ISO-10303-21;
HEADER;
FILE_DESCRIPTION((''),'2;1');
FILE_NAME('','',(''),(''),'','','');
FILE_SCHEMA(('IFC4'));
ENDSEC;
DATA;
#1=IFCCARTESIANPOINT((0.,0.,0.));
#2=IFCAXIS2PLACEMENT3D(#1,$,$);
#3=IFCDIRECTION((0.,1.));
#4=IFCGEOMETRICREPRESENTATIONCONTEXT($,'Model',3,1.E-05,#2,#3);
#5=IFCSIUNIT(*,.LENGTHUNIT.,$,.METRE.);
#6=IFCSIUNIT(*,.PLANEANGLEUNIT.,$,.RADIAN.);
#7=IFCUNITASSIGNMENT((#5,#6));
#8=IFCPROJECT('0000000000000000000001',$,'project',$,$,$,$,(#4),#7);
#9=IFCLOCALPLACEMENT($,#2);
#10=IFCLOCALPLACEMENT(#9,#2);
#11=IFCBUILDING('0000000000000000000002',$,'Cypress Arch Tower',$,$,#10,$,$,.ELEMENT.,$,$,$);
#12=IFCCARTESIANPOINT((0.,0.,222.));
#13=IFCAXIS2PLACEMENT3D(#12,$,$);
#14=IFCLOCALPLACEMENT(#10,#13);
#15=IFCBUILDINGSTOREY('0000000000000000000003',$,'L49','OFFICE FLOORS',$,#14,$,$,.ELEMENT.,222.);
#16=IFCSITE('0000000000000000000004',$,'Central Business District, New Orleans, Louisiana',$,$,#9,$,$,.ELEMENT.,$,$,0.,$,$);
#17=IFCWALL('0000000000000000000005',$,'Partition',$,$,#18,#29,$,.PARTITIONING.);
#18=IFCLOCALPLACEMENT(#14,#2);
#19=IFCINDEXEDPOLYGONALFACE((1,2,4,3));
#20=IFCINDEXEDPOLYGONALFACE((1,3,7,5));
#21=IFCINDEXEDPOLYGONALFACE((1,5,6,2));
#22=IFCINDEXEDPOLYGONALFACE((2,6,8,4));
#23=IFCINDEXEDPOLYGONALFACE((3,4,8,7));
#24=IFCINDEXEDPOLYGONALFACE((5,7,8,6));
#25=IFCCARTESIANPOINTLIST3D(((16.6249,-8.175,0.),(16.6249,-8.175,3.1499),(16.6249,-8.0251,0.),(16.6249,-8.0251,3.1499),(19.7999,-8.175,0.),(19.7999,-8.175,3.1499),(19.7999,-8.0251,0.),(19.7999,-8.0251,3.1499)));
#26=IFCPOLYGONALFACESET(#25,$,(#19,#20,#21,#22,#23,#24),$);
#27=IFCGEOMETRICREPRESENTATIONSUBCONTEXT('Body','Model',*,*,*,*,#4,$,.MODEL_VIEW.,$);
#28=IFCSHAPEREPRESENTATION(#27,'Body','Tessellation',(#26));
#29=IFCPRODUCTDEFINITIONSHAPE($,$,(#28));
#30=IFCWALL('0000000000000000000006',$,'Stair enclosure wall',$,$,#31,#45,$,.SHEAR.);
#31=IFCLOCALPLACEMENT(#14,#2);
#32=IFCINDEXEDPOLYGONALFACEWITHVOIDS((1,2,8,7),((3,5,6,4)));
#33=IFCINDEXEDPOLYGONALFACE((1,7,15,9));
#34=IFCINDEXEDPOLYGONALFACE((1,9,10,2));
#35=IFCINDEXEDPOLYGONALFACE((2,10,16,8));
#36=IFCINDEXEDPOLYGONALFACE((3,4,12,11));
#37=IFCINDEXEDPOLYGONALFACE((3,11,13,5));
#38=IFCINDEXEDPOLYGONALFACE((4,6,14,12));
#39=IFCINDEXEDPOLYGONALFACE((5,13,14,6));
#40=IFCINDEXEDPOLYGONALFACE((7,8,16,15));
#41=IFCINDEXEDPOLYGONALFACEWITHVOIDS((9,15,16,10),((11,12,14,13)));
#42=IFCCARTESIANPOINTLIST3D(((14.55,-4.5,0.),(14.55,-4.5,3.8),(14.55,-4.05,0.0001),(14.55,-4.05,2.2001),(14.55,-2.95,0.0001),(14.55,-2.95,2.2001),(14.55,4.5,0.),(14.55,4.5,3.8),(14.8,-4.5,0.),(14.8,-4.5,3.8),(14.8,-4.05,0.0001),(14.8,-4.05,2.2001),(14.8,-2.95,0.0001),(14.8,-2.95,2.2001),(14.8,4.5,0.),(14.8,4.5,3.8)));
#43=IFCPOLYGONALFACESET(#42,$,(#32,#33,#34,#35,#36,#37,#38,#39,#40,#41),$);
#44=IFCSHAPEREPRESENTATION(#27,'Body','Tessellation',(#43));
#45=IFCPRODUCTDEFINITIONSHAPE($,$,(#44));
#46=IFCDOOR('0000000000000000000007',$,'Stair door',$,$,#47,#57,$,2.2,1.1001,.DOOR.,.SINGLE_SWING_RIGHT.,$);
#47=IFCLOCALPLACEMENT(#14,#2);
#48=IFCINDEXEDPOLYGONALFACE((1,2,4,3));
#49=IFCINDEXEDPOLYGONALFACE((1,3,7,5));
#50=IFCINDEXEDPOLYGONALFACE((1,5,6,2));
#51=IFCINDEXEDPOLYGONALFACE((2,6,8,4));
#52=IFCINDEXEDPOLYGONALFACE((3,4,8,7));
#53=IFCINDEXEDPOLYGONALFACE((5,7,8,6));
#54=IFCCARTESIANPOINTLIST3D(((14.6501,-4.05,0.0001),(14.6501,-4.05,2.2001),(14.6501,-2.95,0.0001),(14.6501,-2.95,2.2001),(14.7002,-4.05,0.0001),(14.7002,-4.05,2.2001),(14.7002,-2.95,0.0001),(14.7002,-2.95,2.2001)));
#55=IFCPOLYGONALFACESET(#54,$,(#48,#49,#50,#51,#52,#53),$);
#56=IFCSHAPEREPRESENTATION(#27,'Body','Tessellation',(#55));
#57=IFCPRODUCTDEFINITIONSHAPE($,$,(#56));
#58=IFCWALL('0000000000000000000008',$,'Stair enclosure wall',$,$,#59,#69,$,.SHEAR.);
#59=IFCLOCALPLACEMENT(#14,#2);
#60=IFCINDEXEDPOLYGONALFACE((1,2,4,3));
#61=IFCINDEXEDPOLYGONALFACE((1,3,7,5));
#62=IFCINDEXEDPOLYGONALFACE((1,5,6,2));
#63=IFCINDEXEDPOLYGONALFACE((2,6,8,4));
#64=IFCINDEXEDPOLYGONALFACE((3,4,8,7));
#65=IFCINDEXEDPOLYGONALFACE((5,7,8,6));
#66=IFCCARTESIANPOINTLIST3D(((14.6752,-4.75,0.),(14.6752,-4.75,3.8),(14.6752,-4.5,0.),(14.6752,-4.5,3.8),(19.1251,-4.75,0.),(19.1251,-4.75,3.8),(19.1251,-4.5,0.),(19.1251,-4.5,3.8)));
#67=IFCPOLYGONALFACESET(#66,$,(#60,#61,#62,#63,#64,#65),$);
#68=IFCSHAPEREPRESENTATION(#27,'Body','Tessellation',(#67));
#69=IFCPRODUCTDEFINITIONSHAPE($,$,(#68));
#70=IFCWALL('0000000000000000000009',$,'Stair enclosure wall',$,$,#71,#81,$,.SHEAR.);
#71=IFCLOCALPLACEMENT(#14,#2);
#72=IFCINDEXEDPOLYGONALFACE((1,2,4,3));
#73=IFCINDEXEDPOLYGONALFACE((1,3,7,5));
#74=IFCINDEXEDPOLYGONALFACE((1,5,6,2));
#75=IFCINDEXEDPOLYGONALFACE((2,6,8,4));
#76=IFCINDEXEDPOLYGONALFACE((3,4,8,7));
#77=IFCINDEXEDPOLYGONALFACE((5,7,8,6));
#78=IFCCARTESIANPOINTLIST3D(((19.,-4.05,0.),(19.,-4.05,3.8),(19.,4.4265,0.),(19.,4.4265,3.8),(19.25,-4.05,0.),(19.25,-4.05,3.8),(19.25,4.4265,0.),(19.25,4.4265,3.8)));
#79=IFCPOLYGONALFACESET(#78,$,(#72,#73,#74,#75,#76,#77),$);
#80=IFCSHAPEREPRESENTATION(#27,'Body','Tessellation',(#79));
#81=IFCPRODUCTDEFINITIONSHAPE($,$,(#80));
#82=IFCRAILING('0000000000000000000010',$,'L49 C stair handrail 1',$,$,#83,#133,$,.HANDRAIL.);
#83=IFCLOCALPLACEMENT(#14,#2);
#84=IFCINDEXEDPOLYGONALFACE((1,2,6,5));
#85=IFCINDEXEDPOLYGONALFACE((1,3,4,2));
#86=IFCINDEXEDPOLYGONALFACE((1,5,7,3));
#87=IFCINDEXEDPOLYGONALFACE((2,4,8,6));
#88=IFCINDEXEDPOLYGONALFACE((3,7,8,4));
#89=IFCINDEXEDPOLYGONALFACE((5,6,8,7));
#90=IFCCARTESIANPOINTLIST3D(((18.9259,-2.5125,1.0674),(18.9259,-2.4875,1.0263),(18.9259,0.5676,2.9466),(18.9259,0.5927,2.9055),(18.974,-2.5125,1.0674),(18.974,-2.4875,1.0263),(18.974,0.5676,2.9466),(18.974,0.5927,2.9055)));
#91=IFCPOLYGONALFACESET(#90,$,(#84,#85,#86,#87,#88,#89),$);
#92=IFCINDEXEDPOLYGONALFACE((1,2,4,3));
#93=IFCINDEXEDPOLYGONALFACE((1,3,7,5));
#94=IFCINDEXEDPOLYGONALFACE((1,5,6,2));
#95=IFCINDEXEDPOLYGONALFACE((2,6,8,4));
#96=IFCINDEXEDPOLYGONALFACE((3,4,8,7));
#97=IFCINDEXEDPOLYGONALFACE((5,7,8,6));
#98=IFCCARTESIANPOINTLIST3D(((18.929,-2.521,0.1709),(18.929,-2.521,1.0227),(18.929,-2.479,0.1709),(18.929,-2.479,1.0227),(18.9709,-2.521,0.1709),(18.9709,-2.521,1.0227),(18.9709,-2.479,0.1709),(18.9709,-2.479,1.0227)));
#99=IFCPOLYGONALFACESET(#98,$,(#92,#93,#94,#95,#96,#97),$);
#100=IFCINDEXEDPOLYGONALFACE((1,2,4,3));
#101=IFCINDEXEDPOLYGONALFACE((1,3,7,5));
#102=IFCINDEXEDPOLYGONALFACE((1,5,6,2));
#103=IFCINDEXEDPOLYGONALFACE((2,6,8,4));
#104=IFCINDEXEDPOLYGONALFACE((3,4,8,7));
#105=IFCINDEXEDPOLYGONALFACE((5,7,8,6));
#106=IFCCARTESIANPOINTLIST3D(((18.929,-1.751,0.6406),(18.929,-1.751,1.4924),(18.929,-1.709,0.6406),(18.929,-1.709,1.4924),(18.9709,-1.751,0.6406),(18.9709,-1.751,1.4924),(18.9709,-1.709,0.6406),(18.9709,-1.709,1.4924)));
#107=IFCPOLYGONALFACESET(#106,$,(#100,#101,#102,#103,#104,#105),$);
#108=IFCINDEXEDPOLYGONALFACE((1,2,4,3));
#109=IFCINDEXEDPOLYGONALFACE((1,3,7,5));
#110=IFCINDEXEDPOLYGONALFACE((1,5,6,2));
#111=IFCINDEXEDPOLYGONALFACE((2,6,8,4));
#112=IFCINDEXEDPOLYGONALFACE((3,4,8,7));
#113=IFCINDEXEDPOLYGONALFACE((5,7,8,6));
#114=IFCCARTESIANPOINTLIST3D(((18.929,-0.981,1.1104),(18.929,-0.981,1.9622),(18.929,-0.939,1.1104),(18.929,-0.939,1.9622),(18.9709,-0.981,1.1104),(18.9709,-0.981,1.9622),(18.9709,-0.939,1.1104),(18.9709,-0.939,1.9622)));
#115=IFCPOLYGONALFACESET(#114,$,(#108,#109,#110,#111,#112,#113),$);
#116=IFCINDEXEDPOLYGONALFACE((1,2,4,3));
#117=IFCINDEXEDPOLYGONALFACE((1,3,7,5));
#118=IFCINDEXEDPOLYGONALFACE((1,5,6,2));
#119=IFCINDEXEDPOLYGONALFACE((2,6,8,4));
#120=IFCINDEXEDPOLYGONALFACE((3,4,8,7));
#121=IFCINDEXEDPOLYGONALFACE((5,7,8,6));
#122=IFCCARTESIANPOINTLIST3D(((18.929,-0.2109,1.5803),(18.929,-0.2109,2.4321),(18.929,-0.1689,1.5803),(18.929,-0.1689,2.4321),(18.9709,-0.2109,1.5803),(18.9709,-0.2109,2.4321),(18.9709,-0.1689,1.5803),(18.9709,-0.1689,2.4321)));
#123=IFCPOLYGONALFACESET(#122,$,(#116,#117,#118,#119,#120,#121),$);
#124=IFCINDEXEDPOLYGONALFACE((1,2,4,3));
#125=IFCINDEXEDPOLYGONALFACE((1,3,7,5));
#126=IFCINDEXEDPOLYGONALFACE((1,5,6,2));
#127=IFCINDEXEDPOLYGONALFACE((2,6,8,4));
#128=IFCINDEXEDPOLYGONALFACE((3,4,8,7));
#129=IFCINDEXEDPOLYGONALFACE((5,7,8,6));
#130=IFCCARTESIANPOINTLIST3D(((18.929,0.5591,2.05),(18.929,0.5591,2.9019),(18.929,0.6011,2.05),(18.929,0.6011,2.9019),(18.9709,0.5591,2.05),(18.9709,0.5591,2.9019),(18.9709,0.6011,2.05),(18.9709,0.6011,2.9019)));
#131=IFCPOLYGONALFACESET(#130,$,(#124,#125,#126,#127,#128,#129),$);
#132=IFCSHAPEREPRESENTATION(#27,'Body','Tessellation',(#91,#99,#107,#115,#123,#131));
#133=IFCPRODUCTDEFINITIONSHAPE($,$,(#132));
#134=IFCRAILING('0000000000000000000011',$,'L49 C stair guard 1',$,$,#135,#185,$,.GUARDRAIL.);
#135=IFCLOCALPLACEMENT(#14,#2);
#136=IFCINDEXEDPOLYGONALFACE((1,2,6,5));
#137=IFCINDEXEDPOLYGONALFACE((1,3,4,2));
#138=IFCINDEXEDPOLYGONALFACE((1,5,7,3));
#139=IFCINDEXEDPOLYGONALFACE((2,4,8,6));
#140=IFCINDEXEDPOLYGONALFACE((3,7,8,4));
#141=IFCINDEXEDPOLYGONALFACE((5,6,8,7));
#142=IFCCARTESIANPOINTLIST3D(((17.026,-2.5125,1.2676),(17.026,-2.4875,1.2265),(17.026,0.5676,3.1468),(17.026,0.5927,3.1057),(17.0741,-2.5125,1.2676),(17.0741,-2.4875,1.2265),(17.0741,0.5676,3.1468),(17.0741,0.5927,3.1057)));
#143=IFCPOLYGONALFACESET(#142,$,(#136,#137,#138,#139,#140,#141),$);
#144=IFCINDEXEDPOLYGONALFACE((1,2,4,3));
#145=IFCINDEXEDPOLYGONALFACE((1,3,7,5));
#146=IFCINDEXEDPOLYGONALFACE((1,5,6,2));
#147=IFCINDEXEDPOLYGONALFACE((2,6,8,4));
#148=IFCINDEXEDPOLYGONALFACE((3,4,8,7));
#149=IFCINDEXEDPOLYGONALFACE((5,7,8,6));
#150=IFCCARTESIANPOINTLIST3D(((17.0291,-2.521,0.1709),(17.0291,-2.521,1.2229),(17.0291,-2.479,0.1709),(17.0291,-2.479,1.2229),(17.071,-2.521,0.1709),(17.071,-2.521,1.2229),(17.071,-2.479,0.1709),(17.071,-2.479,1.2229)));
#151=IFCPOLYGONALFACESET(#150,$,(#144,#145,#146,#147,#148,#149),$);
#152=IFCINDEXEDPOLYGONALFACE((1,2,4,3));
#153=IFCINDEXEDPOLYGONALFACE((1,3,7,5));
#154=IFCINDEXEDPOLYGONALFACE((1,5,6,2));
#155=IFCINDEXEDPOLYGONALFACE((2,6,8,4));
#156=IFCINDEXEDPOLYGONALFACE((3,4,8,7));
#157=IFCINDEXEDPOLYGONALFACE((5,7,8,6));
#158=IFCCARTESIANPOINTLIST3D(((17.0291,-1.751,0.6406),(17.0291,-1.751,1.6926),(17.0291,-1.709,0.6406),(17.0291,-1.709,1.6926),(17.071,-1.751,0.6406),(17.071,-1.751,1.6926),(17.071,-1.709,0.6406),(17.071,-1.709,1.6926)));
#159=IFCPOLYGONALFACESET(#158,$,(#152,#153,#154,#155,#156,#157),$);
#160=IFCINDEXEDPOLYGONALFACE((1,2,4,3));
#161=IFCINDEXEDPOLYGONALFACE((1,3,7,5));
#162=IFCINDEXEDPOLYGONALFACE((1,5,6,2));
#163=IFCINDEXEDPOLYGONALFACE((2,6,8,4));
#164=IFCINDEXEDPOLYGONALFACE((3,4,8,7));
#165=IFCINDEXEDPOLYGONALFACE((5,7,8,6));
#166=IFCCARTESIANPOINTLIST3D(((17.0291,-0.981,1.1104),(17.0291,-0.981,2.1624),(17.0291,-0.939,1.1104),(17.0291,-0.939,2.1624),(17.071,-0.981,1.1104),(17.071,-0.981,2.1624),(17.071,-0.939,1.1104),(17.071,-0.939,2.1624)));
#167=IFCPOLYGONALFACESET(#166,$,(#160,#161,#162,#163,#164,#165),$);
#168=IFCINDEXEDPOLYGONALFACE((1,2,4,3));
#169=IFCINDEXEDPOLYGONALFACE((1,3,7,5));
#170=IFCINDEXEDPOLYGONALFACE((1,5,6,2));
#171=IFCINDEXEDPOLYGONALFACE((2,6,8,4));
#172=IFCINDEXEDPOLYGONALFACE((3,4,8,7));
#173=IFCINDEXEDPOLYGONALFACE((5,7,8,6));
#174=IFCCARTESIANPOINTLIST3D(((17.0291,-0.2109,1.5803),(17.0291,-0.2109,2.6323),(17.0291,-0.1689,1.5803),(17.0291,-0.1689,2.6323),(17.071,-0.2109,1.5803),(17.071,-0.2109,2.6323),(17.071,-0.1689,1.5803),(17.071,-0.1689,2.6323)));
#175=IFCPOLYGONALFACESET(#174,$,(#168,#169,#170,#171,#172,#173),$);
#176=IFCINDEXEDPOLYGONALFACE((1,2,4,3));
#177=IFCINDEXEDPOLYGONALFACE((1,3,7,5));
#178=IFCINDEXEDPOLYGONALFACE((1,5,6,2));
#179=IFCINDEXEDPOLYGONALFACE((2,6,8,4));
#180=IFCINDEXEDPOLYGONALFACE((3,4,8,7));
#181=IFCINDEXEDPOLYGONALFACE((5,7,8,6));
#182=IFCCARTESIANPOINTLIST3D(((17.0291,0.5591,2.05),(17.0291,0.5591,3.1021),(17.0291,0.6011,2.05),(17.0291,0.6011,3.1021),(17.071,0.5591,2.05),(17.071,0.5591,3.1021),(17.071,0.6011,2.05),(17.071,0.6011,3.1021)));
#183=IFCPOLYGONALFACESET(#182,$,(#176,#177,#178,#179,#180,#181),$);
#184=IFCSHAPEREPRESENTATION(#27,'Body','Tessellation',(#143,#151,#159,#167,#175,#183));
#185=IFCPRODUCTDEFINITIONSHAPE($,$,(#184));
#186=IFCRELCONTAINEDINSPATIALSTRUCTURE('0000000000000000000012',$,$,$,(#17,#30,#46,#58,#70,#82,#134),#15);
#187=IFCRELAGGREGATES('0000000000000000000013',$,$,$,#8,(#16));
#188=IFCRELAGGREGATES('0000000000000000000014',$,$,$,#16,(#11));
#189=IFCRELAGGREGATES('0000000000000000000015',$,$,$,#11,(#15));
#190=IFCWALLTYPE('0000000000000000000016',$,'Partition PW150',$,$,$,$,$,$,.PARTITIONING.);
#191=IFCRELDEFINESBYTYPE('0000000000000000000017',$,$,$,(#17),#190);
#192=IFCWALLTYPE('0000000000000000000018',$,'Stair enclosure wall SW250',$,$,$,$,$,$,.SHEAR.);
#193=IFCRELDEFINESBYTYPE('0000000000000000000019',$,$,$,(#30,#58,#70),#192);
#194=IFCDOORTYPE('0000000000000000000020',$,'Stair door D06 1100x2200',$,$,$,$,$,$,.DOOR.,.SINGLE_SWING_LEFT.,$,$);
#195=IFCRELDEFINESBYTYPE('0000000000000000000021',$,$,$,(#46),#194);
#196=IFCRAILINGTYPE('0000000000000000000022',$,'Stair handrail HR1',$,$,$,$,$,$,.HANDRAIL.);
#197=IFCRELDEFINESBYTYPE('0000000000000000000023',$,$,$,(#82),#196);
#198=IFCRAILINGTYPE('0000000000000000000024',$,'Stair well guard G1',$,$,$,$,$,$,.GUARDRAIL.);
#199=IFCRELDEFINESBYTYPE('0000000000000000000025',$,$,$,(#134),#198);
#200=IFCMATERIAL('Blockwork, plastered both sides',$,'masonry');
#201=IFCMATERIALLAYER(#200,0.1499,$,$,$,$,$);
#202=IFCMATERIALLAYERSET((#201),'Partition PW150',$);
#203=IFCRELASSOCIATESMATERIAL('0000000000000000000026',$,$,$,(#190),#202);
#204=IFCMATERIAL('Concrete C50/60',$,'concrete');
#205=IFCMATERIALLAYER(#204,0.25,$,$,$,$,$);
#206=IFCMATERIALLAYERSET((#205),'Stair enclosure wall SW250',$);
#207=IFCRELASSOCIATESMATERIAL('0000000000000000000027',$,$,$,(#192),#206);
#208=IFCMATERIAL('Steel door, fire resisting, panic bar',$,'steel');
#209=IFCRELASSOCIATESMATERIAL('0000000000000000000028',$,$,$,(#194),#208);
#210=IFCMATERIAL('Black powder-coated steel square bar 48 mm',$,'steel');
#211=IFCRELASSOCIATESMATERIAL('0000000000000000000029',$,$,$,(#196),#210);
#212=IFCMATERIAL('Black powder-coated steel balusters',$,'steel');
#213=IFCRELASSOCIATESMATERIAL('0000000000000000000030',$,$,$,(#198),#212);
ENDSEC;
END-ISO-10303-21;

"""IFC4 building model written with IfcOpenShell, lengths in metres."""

from ifc_helpers import new_model, si_unit, direction, frame, frame_2d, origin, origin_2d, place, context, subcontext, project, spatial, rectangle, extrude, material, layer, layer_set, type_object, element, fill, save


model = new_model("IFC4")

# Units and contexts
model_context = context("Model", 3, precision=1e-05, world=origin(), true_north=direction((0.0, 1.0)))
body_context = subcontext(model_context, "Body", "Model", "MODEL_VIEW")
ifc_project = project(units=[si_unit("LENGTHUNIT", "METRE"), si_unit("PLANEANGLEUNIT", "RADIAN")], contexts=[model_context])

# Site, building, storey
site_placement = place(None, origin())
site = spatial("IfcSite", under=ifc_project, at=site_placement, Name="Central Business District, New Orleans, Louisiana", CompositionType="ELEMENT", RefElevation=0.0)
building_placement = place(site_placement, origin())
building = spatial("IfcBuilding", under=site, at=building_placement, Name="Cypress Arch Tower", CompositionType="ELEMENT")
storey_placement = place(building_placement, frame((0.0, 0.0, 222.0)))
storey = spatial("IfcBuildingStorey", under=building, at=storey_placement, Name="L49", Description="OFFICE FLOORS", CompositionType="ELEMENT", Elevation=222.0)

# Wall
ifc_material_1 = material(Name="Blockwork, plastered both sides", Category="masonry")
ifc_layer_1 = layer(ifc_material_1, 0.1499)
ifc_layer_set_1 = layer_set([ifc_layer_1], Name="Partition PW150")
wall_type_1 = type_object("IfcWallType", Name="Partition PW150", PredefinedType="PARTITIONING", material=ifc_layer_set_1)
wall_1_placement = place(storey_placement, frame((16.625, -8.1001, 0.0), z_axis=(0.0, 0.0, 1.0), x_axis=(1.0, 0.0, 0.0)))
element("IfcWall", 1, at=wall_1_placement, inside=storey, type_object=wall_type_1, Name="Partition", PredefinedType="PARTITIONING", context=body_context, shape_type="SweptSolid", body=[
    extrude(rectangle(XDim=3.175, YDim=0.1499, at=frame_2d((1.5874, 0.0))), origin(), (0.0, 0.0, 1.0), 3.1499),
])

# Wall, opening, door
ifc_material_2 = material(Name="Concrete C50/60", Category="concrete")
ifc_layer_2 = layer(ifc_material_2, 0.25)
ifc_layer_set_2 = layer_set([ifc_layer_2], Name="Stair enclosure wall SW250")
wall_type_2 = type_object("IfcWallType", Name="Stair enclosure wall SW250", PredefinedType="SHEAR", material=ifc_layer_set_2)
wall_2_placement = place(storey_placement, frame((14.675, -4.5, 0.0), z_axis=(0.0, 0.0, 1.0), x_axis=(0.0, 1.0, 0.0)))
wall_2 = element("IfcWall", 2, at=wall_2_placement, inside=storey, type_object=wall_type_2, Name="Stair enclosure wall", PredefinedType="SHEAR", context=body_context, shape_type="SweptSolid", body=[
    extrude(rectangle(XDim=9.0, YDim=0.25, at=frame_2d((4.5, 0.0))), origin(), (0.0, 0.0, 1.0), 3.8),
])
opening_1_placement = place(wall_2_placement, frame((0.45, 0.0, 0.0)))
opening_1 = element("IfcOpeningElement", 3, at=opening_1_placement, cuts=wall_2, PredefinedType="OPENING", context=body_context, shape_type="SweptSolid", body=[
    extrude(rectangle(XDim=1.1001, YDim=2.2, at=frame_2d((0.55, 1.1001))), frame((0.0, 0.135, 0.0), z_axis=(0.0, -1.0, 0.0), x_axis=(1.0, 0.0, 0.0)), (0.0, 0.0, 1.0), 0.27),
])
ifc_material_3 = material(Name="Steel door, fire resisting, panic bar", Category="steel")
door_type = type_object("IfcDoorType", Name="Stair door D06 1100x2200", OperationType="SINGLE_SWING_LEFT", PredefinedType="DOOR", material=ifc_material_3)
door_placement = place(opening_1_placement, origin())
door = element("IfcDoor", 4, at=door_placement, inside=storey, type_object=door_type, Name="Stair door", OperationType="SINGLE_SWING_RIGHT", OverallHeight=2.2, OverallWidth=1.1001, PredefinedType="DOOR", context=body_context, shape_type="SweptSolid", body=[
    extrude(rectangle(XDim=1.1001, YDim=2.2, at=frame_2d((0.55, 1.1001))), frame((0.0, 0.0249, 0.0), z_axis=(0.0, -1.0, 0.0), x_axis=(1.0, 0.0, 0.0)), (0.0, 0.0, 1.0), 0.05),
])
fill(opening_1, door)

# Walls
wall_3_placement = place(storey_placement, frame((14.675, -4.625, 0.0), z_axis=(0.0, 0.0, 1.0), x_axis=(1.0, 0.0, 0.0)))
element("IfcWall", 5, at=wall_3_placement, inside=storey, type_object=wall_type_2, Name="Stair enclosure wall", PredefinedType="SHEAR", context=body_context, shape_type="SweptSolid", body=[
    extrude(rectangle(XDim=4.45, YDim=0.25, at=frame_2d((2.2251, 0.0))), origin(), (0.0, 0.0, 1.0), 3.8),
])
wall_4_placement = place(storey_placement, frame((19.125, -4.05, 0.0), z_axis=(0.0, 0.0, 1.0), x_axis=(0.0, 1.0, 0.0)))
element("IfcWall", 6, at=wall_4_placement, inside=storey, type_object=wall_type_2, Name="Stair enclosure wall", PredefinedType="SHEAR", context=body_context, shape_type="SweptSolid", body=[
    extrude(rectangle(XDim=8.4766, YDim=0.25, at=frame_2d((4.2383, 0.0))), origin(), (0.0, 0.0, 1.0), 3.8),
])

# Railings
ifc_material_4 = material(Name="Black powder-coated steel square bar 48 mm", Category="steel")
railing_type_1 = type_object("IfcRailingType", Name="Stair handrail HR1", PredefinedType="HANDRAIL", material=ifc_material_4)
railing_1_placement = place(storey_placement, frame((18.95, -2.5, 0.1709)))
element("IfcRailing", 7, at=railing_1_placement, inside=storey, type_object=railing_type_1, Name="L49 C stair handrail 1", PredefinedType="HANDRAIL", context=body_context, shape_type="SweptSolid", body=[
    extrude(rectangle(XDim=0.0481, YDim=0.0481, at=origin_2d()), frame((0.0, 0.0, 0.876), z_axis=(0.0, 0.853666, 0.52082), x_axis=(-1.0, 0.0, 0.0)), (0.0, 0.0, 1.0), 3.6082),
    extrude(rectangle(XDim=0.042, YDim=0.042, at=origin_2d()), origin(), (0.0, 0.0, 1.0), 0.8518),
    extrude(rectangle(XDim=0.042, YDim=0.042, at=origin_2d()), frame((0.0, 0.77, 0.4697)), (0.0, 0.0, 1.0), 0.8518),
    extrude(rectangle(XDim=0.042, YDim=0.042, at=origin_2d()), frame((0.0, 1.54, 0.9395)), (0.0, 0.0, 1.0), 0.8518),
    extrude(rectangle(XDim=0.042, YDim=0.042, at=origin_2d()), frame((0.0, 2.3101, 1.4094)), (0.0, 0.0, 1.0), 0.8518),
    extrude(rectangle(XDim=0.042, YDim=0.042, at=origin_2d()), frame((0.0, 3.0801, 1.8792)), (0.0, 0.0, 1.0), 0.8518),
])
ifc_material_5 = material(Name="Black powder-coated steel balusters", Category="steel")
railing_type_2 = type_object("IfcRailingType", Name="Stair well guard G1", PredefinedType="GUARDRAIL", material=ifc_material_5)
railing_2_placement = place(storey_placement, frame((17.05, -2.5, 0.1709)))
element("IfcRailing", 8, at=railing_2_placement, inside=storey, type_object=railing_type_2, Name="L49 C stair guard 1", PredefinedType="GUARDRAIL", context=body_context, shape_type="SweptSolid", body=[
    extrude(rectangle(XDim=0.0481, YDim=0.0481, at=origin_2d()), frame((0.0, 0.0, 1.0762), z_axis=(0.0, 0.853666, 0.52082), x_axis=(-1.0, 0.0, 0.0)), (0.0, 0.0, 1.0), 3.6082),
    extrude(rectangle(XDim=0.042, YDim=0.042, at=origin_2d()), origin(), (0.0, 0.0, 1.0), 1.052),
    extrude(rectangle(XDim=0.042, YDim=0.042, at=origin_2d()), frame((0.0, 0.77, 0.4697)), (0.0, 0.0, 1.0), 1.052),
    extrude(rectangle(XDim=0.042, YDim=0.042, at=origin_2d()), frame((0.0, 1.54, 0.9395)), (0.0, 0.0, 1.0), 1.052),
    extrude(rectangle(XDim=0.042, YDim=0.042, at=origin_2d()), frame((0.0, 2.3101, 1.4094)), (0.0, 0.0, 1.0), 1.052),
    extrude(rectangle(XDim=0.042, YDim=0.042, at=origin_2d()), frame((0.0, 3.0801, 1.8792)), (0.0, 0.0, 1.0), 1.052),
])

save(model, "model.ifc")
